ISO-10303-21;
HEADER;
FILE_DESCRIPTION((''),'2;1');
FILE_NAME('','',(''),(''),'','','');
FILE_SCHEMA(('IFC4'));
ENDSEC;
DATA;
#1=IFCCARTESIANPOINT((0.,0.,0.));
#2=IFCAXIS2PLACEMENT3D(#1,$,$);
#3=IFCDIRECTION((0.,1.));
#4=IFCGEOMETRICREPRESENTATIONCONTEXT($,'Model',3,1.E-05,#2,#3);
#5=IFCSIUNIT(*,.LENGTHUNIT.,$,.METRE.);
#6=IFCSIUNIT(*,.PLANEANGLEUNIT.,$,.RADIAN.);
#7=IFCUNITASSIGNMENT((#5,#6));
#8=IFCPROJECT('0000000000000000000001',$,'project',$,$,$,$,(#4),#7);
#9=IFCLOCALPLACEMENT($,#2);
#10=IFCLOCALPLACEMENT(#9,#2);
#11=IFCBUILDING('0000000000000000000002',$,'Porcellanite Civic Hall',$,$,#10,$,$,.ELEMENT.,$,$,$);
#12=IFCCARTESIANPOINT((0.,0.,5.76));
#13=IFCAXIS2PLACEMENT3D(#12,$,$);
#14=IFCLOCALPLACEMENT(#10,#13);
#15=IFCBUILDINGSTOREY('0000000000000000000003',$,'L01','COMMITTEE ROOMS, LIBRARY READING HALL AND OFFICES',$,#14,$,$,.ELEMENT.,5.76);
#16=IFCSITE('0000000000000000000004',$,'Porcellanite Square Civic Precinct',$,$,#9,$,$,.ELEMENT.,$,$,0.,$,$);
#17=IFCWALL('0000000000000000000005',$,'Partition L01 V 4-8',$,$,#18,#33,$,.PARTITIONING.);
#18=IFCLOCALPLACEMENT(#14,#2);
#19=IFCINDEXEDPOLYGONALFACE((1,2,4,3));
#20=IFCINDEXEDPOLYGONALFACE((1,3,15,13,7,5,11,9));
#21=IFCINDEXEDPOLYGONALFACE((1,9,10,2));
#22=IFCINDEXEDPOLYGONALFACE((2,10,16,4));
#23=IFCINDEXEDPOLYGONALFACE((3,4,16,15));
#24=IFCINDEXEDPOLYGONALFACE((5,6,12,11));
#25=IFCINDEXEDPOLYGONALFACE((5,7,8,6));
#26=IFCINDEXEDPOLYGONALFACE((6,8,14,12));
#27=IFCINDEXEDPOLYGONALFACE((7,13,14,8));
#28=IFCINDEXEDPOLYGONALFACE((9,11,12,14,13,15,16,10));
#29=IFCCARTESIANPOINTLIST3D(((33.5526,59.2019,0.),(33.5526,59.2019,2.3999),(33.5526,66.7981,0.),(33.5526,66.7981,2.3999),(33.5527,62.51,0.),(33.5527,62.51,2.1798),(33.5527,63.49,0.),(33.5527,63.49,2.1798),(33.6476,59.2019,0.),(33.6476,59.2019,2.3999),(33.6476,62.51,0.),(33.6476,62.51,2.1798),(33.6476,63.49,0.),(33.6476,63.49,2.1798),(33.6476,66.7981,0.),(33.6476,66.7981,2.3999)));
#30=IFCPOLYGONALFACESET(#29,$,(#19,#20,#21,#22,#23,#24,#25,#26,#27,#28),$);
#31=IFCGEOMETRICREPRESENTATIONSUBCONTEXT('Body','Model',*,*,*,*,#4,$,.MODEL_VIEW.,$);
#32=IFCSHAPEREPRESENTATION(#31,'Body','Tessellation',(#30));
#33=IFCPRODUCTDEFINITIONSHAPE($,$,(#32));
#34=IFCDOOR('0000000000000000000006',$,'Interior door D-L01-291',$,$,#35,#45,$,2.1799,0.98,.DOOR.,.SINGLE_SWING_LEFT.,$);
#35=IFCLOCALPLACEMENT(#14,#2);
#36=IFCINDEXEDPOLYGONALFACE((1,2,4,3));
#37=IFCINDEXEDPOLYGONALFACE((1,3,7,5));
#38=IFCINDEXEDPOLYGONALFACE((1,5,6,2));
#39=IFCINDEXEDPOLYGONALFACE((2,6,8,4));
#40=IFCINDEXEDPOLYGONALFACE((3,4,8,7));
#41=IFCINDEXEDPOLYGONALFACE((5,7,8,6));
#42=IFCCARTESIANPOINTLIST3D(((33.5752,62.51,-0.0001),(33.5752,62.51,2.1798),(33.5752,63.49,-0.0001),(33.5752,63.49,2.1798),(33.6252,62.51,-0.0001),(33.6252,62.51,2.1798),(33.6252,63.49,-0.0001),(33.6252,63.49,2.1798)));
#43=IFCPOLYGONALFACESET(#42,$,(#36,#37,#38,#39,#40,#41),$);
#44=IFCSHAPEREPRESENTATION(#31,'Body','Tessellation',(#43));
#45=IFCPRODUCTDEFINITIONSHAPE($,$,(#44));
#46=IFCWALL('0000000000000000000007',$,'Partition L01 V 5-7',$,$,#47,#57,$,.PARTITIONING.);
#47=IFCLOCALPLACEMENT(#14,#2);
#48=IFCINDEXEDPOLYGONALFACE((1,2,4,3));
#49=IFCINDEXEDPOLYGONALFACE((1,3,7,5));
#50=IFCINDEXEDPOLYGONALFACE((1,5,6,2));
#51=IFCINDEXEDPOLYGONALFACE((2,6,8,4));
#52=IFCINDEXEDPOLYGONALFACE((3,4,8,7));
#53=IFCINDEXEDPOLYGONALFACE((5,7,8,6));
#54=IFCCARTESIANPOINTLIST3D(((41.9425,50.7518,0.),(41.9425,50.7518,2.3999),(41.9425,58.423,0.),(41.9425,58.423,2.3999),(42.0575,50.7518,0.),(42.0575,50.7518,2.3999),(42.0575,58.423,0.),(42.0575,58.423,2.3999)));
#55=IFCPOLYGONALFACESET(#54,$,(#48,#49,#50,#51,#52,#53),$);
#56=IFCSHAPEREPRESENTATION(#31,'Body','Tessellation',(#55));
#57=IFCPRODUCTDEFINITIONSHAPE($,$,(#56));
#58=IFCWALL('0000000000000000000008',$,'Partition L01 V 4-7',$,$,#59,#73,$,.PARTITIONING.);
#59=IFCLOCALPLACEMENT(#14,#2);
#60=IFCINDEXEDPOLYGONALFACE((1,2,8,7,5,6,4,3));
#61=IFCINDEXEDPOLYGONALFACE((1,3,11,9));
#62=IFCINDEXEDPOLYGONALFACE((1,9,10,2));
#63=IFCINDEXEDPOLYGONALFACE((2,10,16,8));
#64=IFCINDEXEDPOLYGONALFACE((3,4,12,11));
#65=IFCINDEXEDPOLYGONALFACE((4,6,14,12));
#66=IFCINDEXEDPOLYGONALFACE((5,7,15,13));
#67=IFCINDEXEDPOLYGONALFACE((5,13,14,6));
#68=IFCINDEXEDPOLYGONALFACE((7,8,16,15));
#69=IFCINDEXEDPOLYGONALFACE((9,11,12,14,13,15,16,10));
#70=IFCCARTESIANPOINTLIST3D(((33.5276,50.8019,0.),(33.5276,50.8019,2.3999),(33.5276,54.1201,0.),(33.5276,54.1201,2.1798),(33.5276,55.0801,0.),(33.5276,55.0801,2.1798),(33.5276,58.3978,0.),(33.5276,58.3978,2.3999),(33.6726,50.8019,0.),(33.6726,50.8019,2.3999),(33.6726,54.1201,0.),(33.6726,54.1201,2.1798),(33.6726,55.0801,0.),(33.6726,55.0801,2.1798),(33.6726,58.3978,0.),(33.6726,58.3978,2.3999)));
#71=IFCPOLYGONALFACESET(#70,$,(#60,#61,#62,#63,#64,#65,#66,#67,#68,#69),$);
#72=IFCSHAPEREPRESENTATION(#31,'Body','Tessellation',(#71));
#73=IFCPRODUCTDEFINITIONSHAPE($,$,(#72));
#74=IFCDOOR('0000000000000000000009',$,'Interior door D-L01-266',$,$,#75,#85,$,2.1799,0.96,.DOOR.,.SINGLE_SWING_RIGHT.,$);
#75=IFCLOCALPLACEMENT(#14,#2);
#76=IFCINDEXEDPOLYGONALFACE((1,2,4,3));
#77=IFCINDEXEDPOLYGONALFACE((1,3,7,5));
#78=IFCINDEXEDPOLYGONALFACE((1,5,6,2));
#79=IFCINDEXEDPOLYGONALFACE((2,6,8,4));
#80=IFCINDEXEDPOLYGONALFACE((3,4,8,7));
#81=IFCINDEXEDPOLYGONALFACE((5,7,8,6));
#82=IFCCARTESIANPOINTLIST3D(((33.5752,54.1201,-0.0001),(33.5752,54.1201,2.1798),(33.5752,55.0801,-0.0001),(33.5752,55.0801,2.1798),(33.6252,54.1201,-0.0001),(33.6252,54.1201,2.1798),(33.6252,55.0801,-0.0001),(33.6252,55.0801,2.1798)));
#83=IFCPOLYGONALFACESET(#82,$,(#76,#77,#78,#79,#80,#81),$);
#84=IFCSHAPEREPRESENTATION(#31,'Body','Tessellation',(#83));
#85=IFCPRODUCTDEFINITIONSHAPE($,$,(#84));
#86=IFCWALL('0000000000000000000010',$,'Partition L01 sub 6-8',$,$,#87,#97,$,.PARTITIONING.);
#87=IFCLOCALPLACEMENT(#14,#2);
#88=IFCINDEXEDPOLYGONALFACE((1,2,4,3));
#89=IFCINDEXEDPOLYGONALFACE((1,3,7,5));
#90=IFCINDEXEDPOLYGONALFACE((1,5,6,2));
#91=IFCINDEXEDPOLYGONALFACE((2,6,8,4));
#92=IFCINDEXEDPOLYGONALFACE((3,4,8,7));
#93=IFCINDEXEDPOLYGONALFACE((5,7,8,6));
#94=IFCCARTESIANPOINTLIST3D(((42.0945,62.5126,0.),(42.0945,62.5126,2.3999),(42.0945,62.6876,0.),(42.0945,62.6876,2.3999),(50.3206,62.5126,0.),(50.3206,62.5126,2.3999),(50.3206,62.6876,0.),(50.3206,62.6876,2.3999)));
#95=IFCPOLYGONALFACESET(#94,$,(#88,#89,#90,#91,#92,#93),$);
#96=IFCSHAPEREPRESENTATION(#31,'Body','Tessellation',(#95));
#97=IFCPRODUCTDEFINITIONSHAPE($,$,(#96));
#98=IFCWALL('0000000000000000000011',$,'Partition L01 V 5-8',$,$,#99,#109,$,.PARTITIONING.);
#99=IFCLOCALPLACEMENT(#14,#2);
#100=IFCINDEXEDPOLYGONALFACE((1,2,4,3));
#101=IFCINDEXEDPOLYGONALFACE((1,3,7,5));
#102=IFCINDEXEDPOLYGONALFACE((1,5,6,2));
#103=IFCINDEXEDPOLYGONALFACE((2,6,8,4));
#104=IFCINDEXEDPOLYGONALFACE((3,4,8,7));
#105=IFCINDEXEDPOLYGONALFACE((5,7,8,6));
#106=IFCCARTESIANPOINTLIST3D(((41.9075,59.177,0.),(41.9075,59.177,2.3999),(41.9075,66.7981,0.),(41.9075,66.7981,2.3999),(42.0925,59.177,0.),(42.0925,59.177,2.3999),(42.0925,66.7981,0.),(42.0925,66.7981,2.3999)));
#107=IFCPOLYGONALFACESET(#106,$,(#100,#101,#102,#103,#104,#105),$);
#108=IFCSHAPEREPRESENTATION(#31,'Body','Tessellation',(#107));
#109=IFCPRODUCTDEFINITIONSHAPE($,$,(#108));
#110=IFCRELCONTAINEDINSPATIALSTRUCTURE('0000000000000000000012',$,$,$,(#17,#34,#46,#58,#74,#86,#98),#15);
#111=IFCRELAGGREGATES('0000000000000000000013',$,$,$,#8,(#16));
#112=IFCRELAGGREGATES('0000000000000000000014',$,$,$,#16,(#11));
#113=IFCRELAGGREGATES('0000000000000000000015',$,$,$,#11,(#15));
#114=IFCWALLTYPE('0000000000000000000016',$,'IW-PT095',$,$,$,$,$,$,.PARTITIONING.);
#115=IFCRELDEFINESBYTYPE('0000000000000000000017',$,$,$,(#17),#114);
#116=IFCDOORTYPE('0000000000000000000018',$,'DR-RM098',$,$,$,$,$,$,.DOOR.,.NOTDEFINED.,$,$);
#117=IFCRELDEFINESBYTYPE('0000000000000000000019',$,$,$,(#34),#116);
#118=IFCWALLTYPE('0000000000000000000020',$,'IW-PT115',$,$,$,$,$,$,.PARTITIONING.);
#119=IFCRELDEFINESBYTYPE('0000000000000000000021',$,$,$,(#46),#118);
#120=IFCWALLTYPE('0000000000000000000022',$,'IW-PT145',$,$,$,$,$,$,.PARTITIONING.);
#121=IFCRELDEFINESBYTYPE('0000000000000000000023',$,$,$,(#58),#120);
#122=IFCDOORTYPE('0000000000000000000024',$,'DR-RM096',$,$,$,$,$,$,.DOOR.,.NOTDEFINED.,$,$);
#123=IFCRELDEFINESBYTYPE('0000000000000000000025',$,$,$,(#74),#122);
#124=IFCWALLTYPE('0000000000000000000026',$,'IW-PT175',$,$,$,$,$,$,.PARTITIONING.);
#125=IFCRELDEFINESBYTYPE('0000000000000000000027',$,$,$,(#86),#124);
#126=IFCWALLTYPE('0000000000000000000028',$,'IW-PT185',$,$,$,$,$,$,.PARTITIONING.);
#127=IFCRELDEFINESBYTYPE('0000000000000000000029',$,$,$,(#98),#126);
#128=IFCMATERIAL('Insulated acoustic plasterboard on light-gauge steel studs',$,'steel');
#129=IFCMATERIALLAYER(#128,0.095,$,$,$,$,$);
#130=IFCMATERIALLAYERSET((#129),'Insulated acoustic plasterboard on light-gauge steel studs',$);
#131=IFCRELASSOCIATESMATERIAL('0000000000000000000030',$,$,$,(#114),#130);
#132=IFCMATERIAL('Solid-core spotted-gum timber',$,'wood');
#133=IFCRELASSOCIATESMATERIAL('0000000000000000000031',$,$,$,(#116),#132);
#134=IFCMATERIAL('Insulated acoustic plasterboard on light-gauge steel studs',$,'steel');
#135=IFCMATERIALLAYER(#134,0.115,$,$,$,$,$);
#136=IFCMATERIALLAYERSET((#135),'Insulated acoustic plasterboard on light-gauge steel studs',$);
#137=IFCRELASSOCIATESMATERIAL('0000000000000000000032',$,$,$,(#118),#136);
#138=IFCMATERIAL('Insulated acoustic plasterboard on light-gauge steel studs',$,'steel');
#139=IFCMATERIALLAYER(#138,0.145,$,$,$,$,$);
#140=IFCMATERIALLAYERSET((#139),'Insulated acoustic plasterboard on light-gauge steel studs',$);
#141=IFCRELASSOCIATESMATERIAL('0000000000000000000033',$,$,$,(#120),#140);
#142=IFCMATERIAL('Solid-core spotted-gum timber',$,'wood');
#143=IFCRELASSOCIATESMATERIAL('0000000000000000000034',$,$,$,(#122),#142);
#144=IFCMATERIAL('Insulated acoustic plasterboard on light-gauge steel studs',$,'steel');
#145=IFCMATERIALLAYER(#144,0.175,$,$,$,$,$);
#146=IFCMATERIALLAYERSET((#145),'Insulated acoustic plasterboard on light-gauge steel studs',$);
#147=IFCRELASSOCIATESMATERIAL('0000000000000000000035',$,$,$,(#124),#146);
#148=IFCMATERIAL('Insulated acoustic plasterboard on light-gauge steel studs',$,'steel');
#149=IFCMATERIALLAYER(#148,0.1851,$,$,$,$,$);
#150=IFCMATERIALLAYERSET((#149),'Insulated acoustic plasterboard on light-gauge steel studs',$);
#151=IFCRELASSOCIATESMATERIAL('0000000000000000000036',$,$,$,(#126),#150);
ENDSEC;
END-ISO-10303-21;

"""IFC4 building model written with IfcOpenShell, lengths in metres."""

from ifc_helpers import new_model, si_unit, direction, frame, frame_2d, origin, place, context, subcontext, project, spatial, rectangle, extrude, material, layer, layer_set, type_object, element, fill, save


model = new_model("IFC4")

# Units and contexts
model_context = context("Model", 3, precision=1e-05, world=origin(), true_north=direction((0.0, 1.0)))
body_context = subcontext(model_context, "Body", "Model", "MODEL_VIEW")
ifc_project = project(units=[si_unit("LENGTHUNIT", "METRE"), si_unit("PLANEANGLEUNIT", "RADIAN")], contexts=[model_context])

# Site, building, storey
site_placement = place(None, origin())
site = spatial("IfcSite", under=ifc_project, at=site_placement, Name="Porcellanite Square Civic Precinct", CompositionType="ELEMENT", RefElevation=0.0)
building_placement = place(site_placement, origin())
building = spatial("IfcBuilding", under=site, at=building_placement, Name="Porcellanite Civic Hall", CompositionType="ELEMENT")
storey_placement = place(building_placement, frame((0.0, 0.0, 5.76)))
storey = spatial("IfcBuildingStorey", under=building, at=storey_placement, Name="L01", Description="COMMITTEE ROOMS, LIBRARY READING HALL AND OFFICES", CompositionType="ELEMENT", Elevation=5.76)

# Wall, opening, door
ifc_material_1 = material(Name="Insulated acoustic plasterboard on light-gauge steel studs", Category="steel")
ifc_layer_1 = layer(ifc_material_1, 0.095)
ifc_layer_set_1 = layer_set([ifc_layer_1], Name="Insulated acoustic plasterboard on light-gauge steel studs")
wall_type_1 = type_object("IfcWallType", Name="IW-PT095", PredefinedType="PARTITIONING", material=ifc_layer_set_1)
wall_1_placement = place(storey_placement, frame((33.6001, 59.2019, 0.0), z_axis=(0.0, 0.0, 1.0), x_axis=(0.0, 1.0, 0.0)))
wall_1 = element("IfcWall", 1, at=wall_1_placement, inside=storey, type_object=wall_type_1, Name="Partition L01 V 4-8", PredefinedType="PARTITIONING", context=body_context, shape_type="SweptSolid", body=[
    extrude(rectangle(XDim=7.5962, YDim=0.095, at=frame_2d((3.7981, 0.0))), origin(), (0.0, 0.0, 1.0), 2.3999),
])
opening_1_placement = place(wall_1_placement, frame((3.3081, 0.0, 0.0)))
opening_1 = element("IfcOpeningElement", 2, at=opening_1_placement, cuts=wall_1, PredefinedType="OPENING", context=body_context, shape_type="SweptSolid", body=[
    extrude(rectangle(XDim=0.98, YDim=2.1799, at=frame_2d((0.49, 1.0898))), frame((0.0, 0.0474, 0.0), z_axis=(0.0, -1.0, 0.0), x_axis=(1.0, 0.0, 0.0)), (0.0, 0.0, 1.0), 0.095),
])
ifc_material_2 = material(Name="Solid-core spotted-gum timber", Category="wood")
door_type_1 = type_object("IfcDoorType", Name="DR-RM098", OperationType="NOTDEFINED", PredefinedType="DOOR", material=ifc_material_2)
door_1_placement = place(opening_1_placement, origin())
door_1 = element("IfcDoor", 3, at=door_1_placement, inside=storey, type_object=door_type_1, Name="Interior door D-L01-291", OperationType="SINGLE_SWING_LEFT", OverallHeight=2.1799, OverallWidth=0.98, PredefinedType="DOOR", context=body_context, shape_type="SweptSolid", body=[
    extrude(rectangle(XDim=0.98, YDim=2.1799, at=frame_2d((0.49, 1.0898))), frame((0.0, 0.0249, 0.0), z_axis=(0.0, -1.0, 0.0), x_axis=(1.0, 0.0, 0.0)), (0.0, 0.0, 1.0), 0.05),
])
fill(opening_1, door_1)
ifc_material_3 = material(Name="Insulated acoustic plasterboard on light-gauge steel studs", Category="steel")
ifc_layer_2 = layer(ifc_material_3, 0.115)
ifc_layer_set_2 = layer_set([ifc_layer_2], Name="Insulated acoustic plasterboard on light-gauge steel studs")
wall_type_2 = type_object("IfcWallType", Name="IW-PT115", PredefinedType="PARTITIONING", material=ifc_layer_set_2)

# Wall
wall_2_placement = place(storey_placement, frame((42.0, 50.752, 0.0), z_axis=(0.0, 0.0, 1.0), x_axis=(0.0, 1.0, 0.0)))
element("IfcWall", 4, at=wall_2_placement, inside=storey, type_object=wall_type_2, Name="Partition L01 V 5-7", PredefinedType="PARTITIONING", context=body_context, shape_type="SweptSolid", body=[
    extrude(rectangle(XDim=7.6711, YDim=0.115, at=frame_2d((3.8354, 0.0))), origin(), (0.0, 0.0, 1.0), 2.3999),
])

# Wall, opening, door
ifc_material_4 = material(Name="Insulated acoustic plasterboard on light-gauge steel studs", Category="steel")
ifc_layer_3 = layer(ifc_material_4, 0.145)
ifc_layer_set_3 = layer_set([ifc_layer_3], Name="Insulated acoustic plasterboard on light-gauge steel studs")
wall_type_3 = type_object("IfcWallType", Name="IW-PT145", PredefinedType="PARTITIONING", material=ifc_layer_set_3)
wall_3_placement = place(storey_placement, frame((33.6001, 50.802, 0.0), z_axis=(0.0, 0.0, 1.0), x_axis=(0.0, 1.0, 0.0)))
wall_3 = element("IfcWall", 5, at=wall_3_placement, inside=storey, type_object=wall_type_3, Name="Partition L01 V 4-7", PredefinedType="PARTITIONING", context=body_context, shape_type="SweptSolid", body=[
    extrude(rectangle(XDim=7.5959, YDim=0.145, at=frame_2d((3.7979, 0.0))), origin(), (0.0, 0.0, 1.0), 2.3999),
])
opening_2_placement = place(wall_3_placement, frame((3.3181, 0.0, 0.0)))
opening_2 = element("IfcOpeningElement", 6, at=opening_2_placement, cuts=wall_3, PredefinedType="OPENING", context=body_context, shape_type="SweptSolid", body=[
    extrude(rectangle(XDim=0.96, YDim=2.1799, at=frame_2d((0.48, 1.0898))), frame((0.0, 0.0725, 0.0), z_axis=(0.0, -1.0, 0.0), x_axis=(1.0, 0.0, 0.0)), (0.0, 0.0, 1.0), 0.145),
])
ifc_material_5 = material(Name="Solid-core spotted-gum timber", Category="wood")
door_type_2 = type_object("IfcDoorType", Name="DR-RM096", OperationType="NOTDEFINED", PredefinedType="DOOR", material=ifc_material_5)
door_2_placement = place(opening_2_placement, origin())
door_2 = element("IfcDoor", 7, at=door_2_placement, inside=storey, type_object=door_type_2, Name="Interior door D-L01-266", OperationType="SINGLE_SWING_RIGHT", OverallHeight=2.1799, OverallWidth=0.96, PredefinedType="DOOR", context=body_context, shape_type="SweptSolid", body=[
    extrude(rectangle(XDim=0.96, YDim=2.1799, at=frame_2d((0.48, 1.0898))), frame((0.0, 0.0249, 0.0), z_axis=(0.0, -1.0, 0.0), x_axis=(1.0, 0.0, 0.0)), (0.0, 0.0, 1.0), 0.05),
])
fill(opening_2, door_2)

# Walls
ifc_material_6 = material(Name="Insulated acoustic plasterboard on light-gauge steel studs", Category="steel")
ifc_layer_4 = layer(ifc_material_6, 0.175)
ifc_layer_set_4 = layer_set([ifc_layer_4], Name="Insulated acoustic plasterboard on light-gauge steel studs")
wall_type_4 = type_object("IfcWallType", Name="IW-PT175", PredefinedType="PARTITIONING", material=ifc_layer_set_4)
wall_4_placement = place(storey_placement, frame((42.0945, 62.6001, 0.0), z_axis=(0.0, 0.0, 1.0), x_axis=(1.0, 0.0, 0.0)))
element("IfcWall", 8, at=wall_4_placement, inside=storey, type_object=wall_type_4, Name="Partition L01 sub 6-8", PredefinedType="PARTITIONING", context=body_context, shape_type="SweptSolid", body=[
    extrude(rectangle(XDim=8.2261, YDim=0.175, at=frame_2d((4.113, 0.0))), origin(), (0.0, 0.0, 1.0), 2.3999),
])
ifc_material_7 = material(Name="Insulated acoustic plasterboard on light-gauge steel studs", Category="steel")
ifc_layer_5 = layer(ifc_material_7, 0.1851)
ifc_layer_set_5 = layer_set([ifc_layer_5], Name="Insulated acoustic plasterboard on light-gauge steel studs")
wall_type_5 = type_object("IfcWallType", Name="IW-PT185", PredefinedType="PARTITIONING", material=ifc_layer_set_5)
wall_5_placement = place(storey_placement, frame((42.0, 59.177, 0.0), z_axis=(0.0, 0.0, 1.0), x_axis=(0.0, 1.0, 0.0)))
element("IfcWall", 9, at=wall_5_placement, inside=storey, type_object=wall_type_5, Name="Partition L01 V 5-8", PredefinedType="PARTITIONING", context=body_context, shape_type="SweptSolid", body=[
    extrude(rectangle(XDim=7.6211, YDim=0.1851, at=frame_2d((3.8105, 0.0))), origin(), (0.0, 0.0, 1.0), 2.3999),
])

save(model, "model.ifc")
